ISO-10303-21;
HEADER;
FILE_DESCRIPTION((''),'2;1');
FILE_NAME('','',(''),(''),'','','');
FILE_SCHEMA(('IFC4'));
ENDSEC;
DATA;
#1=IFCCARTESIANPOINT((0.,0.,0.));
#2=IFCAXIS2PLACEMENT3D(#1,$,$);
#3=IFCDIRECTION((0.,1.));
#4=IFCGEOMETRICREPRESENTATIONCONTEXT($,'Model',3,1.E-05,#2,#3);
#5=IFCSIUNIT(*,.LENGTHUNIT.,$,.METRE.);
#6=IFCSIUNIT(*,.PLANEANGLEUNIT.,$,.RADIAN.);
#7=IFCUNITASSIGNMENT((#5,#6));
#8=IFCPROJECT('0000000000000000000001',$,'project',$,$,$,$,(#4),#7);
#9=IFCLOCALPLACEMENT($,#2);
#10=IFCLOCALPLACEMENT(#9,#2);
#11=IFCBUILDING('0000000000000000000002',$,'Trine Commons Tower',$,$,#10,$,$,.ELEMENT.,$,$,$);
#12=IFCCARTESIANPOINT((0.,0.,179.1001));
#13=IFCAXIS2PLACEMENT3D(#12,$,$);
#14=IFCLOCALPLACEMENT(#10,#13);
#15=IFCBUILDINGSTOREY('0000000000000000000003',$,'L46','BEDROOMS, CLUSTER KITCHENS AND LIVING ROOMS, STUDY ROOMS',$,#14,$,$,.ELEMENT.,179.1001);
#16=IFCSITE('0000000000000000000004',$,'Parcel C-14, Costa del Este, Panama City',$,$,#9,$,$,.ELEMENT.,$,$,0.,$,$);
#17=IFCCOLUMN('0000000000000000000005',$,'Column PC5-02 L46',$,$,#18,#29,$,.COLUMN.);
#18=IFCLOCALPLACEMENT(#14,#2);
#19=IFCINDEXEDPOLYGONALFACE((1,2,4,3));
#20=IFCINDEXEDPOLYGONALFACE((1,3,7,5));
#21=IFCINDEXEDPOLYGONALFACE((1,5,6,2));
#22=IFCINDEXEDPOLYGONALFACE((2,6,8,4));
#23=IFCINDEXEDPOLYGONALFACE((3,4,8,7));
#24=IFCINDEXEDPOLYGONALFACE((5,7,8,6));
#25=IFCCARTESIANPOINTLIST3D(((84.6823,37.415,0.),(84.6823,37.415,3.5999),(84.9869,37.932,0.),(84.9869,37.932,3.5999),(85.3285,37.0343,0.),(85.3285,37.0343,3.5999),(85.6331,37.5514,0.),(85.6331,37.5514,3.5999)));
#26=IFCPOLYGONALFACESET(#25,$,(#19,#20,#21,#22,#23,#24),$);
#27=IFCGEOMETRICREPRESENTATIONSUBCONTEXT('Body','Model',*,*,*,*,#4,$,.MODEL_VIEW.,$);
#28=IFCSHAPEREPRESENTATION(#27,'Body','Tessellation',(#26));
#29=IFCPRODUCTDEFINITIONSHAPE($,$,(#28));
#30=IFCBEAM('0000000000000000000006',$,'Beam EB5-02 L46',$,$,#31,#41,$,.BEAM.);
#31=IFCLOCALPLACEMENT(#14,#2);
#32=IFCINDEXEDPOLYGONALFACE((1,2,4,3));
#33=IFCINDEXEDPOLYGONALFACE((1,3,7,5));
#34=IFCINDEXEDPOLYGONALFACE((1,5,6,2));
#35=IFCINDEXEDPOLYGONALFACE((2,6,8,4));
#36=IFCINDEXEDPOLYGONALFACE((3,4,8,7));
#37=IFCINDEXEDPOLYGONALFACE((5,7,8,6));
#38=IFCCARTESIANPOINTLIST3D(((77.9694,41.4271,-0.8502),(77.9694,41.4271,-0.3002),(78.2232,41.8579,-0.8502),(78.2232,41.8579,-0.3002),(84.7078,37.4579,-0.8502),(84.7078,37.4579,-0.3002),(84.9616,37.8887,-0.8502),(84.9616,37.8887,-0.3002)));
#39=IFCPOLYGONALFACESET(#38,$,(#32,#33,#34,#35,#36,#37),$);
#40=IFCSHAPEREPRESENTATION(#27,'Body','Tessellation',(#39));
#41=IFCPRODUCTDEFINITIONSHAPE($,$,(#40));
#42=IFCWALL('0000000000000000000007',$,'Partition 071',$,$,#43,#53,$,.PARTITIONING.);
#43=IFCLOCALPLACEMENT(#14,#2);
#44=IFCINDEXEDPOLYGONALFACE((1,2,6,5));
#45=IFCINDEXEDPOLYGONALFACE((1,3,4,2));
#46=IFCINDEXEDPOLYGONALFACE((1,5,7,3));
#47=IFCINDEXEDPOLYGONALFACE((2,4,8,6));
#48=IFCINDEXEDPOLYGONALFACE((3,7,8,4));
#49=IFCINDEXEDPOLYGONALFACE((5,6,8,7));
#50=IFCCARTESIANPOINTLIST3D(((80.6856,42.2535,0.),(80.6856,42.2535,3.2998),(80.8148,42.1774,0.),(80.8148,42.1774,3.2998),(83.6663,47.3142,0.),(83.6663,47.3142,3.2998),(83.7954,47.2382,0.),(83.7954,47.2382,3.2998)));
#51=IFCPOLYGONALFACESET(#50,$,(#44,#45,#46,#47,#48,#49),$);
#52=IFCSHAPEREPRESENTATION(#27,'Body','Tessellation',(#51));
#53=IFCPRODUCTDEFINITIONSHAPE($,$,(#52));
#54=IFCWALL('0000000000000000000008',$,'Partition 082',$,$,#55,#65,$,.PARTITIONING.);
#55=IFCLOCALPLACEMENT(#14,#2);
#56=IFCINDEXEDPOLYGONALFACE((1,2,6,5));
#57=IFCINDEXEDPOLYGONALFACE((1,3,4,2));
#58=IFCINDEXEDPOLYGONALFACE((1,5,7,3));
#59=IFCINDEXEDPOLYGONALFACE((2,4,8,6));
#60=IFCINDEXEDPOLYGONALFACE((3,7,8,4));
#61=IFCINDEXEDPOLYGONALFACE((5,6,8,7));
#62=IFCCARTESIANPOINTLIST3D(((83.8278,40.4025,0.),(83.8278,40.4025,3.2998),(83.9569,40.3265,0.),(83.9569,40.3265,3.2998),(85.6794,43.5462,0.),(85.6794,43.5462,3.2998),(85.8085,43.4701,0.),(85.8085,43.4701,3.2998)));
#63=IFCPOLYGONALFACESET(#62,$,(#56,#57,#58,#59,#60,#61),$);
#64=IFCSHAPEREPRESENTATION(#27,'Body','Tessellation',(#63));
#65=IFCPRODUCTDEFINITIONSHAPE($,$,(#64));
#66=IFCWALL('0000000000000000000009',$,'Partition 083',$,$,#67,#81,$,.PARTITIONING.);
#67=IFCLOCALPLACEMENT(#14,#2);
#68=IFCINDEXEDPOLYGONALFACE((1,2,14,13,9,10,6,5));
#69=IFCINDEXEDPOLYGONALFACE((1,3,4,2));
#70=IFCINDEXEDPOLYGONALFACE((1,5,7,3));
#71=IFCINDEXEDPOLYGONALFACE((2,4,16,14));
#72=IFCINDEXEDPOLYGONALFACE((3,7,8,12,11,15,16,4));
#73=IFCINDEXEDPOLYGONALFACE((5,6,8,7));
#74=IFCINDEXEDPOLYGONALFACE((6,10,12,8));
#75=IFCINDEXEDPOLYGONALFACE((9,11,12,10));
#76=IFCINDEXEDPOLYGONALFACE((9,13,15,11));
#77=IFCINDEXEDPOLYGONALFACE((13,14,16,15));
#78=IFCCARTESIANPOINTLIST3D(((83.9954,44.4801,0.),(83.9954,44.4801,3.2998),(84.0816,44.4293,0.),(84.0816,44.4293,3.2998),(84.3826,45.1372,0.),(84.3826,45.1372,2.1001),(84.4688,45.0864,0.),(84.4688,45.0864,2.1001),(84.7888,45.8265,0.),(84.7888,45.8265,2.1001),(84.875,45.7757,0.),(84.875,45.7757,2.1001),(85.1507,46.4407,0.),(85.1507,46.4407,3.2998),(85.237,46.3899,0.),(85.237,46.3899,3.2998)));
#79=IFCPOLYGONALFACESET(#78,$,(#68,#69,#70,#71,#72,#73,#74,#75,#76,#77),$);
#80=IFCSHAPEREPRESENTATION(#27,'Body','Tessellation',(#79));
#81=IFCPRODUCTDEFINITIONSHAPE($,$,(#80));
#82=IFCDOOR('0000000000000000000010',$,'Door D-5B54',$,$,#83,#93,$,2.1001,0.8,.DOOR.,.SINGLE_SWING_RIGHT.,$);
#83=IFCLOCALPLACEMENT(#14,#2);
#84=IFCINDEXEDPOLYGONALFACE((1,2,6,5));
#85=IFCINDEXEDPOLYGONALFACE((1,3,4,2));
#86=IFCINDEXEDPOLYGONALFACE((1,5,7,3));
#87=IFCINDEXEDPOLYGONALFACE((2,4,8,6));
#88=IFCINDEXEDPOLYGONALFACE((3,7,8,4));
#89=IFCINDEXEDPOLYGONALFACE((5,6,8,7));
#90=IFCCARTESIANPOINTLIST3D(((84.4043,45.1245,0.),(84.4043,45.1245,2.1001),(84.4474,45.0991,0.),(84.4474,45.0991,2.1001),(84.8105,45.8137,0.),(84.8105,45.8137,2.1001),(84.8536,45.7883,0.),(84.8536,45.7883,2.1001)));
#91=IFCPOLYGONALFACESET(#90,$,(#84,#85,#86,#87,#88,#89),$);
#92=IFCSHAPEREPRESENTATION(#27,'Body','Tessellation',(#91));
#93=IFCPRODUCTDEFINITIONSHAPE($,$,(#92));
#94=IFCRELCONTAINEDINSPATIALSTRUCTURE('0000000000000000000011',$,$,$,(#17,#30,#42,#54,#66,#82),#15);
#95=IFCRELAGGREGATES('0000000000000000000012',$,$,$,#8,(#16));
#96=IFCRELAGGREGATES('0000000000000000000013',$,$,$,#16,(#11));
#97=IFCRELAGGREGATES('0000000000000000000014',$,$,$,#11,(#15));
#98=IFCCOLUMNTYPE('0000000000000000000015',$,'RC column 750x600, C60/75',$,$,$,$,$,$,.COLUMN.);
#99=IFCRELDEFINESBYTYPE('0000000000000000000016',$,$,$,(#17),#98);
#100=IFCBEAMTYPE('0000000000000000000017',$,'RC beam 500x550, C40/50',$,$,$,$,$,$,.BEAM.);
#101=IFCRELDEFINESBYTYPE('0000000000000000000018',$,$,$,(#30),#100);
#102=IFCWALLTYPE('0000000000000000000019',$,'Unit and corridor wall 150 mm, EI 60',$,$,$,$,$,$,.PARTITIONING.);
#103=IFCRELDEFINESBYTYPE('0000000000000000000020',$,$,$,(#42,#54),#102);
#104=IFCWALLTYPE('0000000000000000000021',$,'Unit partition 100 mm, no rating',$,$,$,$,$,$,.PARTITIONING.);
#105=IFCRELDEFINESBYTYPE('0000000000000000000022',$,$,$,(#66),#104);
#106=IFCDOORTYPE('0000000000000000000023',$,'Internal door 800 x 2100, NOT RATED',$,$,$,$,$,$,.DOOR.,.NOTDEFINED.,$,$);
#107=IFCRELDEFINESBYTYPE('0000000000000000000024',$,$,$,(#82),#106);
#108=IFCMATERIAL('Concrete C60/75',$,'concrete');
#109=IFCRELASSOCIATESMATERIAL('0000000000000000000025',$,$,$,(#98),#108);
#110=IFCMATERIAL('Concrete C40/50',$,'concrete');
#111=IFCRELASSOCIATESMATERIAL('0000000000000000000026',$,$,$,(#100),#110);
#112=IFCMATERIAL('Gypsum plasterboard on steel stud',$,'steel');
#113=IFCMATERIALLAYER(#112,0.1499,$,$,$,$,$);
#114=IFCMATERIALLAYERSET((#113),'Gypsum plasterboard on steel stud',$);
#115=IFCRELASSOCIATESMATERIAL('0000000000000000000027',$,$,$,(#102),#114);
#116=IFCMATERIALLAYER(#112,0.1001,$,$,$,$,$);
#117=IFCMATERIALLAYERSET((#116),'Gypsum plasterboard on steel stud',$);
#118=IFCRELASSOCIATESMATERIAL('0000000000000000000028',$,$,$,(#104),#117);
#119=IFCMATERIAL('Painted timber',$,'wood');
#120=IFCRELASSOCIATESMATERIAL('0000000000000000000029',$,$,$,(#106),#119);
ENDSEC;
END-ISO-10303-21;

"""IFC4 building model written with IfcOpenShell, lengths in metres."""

from ifc_helpers import new_model, si_unit, direction, frame, frame_2d, origin, origin_2d, place, context, subcontext, project, spatial, rectangle, extrude, material, layer, layer_set, material_profile, profile_set, type_object, element, fill, save


model = new_model("IFC4")

# Units and contexts
model_context = context("Model", 3, precision=1e-05, world=origin(), true_north=direction((0.0, 1.0)))
body_context = subcontext(model_context, "Body", "Model", "MODEL_VIEW")
ifc_project = project(units=[si_unit("LENGTHUNIT", "METRE"), si_unit("PLANEANGLEUNIT", "RADIAN")], contexts=[model_context])

# Site, building, storey
site_placement = place(None, origin())
site = spatial("IfcSite", under=ifc_project, at=site_placement, Name="Parcel C-14, Costa del Este, Panama City", CompositionType="ELEMENT", RefElevation=0.0)
building_placement = place(site_placement, origin())
building = spatial("IfcBuilding", under=site, at=building_placement, Name="Trine Commons Tower", CompositionType="ELEMENT")
storey_placement = place(building_placement, frame((0.0, 0.0, 179.1001)))
storey = spatial("IfcBuildingStorey", under=building, at=storey_placement, Name="L46", Description="BEDROOMS, CLUSTER KITCHENS AND LIVING ROOMS, STUDY ROOMS", CompositionType="ELEMENT", Elevation=179.1001)

# Column
ifc_material_1 = material(Name="Concrete C60/75", Category="concrete")
ifc_material_profile_1 = material_profile(ifc_material_1, rectangle(XDim=0.75, YDim=0.6001, at=origin_2d()), Name="RC 750x600")
ifc_profile_set_1 = profile_set([ifc_material_profile_1], Name="Concrete C60/75")
column_type = type_object("IfcColumnType", Name="RC column 750x600, C60/75", PredefinedType="COLUMN", material=ifc_profile_set_1)
column_placement = place(storey_placement, frame((85.1577, 37.4832, 0.0), z_axis=(0.0, 0.0, 1.0), x_axis=(-0.861629, 0.507538, 0.0)))
element("IfcColumn", 1, at=column_placement, inside=storey, type_object=column_type, Name="Column PC5-02 L46", PredefinedType="COLUMN", context=body_context, shape_type="SweptSolid", body=[
    extrude(rectangle(XDim=0.75, YDim=0.6001, at=origin_2d()), origin(), (0.0, 0.0, 1.0), 3.5999),
])

# Beam
ifc_material_2 = material(Name="Concrete C40/50", Category="concrete")
ifc_material_profile_2 = material_profile(ifc_material_2, rectangle(XDim=0.5, YDim=0.55, at=origin_2d()), Name="RC 500x550")
ifc_profile_set_2 = profile_set([ifc_material_profile_2], Name="Concrete C40/50")
beam_type = type_object("IfcBeamType", Name="RC beam 500x550, C40/50", PredefinedType="BEAM", material=ifc_profile_set_2)
beam_placement = place(storey_placement, frame((84.8347, 37.6733, -0.5752), z_axis=(-0.861632, 0.507533, 0.0), x_axis=(-0.507533, -0.861632, 0.0)))
element("IfcBeam", 2, at=beam_placement, inside=storey, type_object=beam_type, Name="Beam EB5-02 L46", PredefinedType="BEAM", context=body_context, shape_type="SweptSolid", body=[
    extrude(rectangle(XDim=0.5, YDim=0.55, at=origin_2d()), origin(), (0.0, 0.0, 1.0), 7.8206),
])

# Walls
ifc_material_3 = material(Name="Gypsum plasterboard on steel stud", Category="steel")
ifc_layer_1 = layer(ifc_material_3, 0.1499)
ifc_layer_set_1 = layer_set([ifc_layer_1], Name="Gypsum plasterboard on steel stud")
wall_type_1 = type_object("IfcWallType", Name="Unit and corridor wall 150 mm, EI 60", PredefinedType="PARTITIONING", material=ifc_layer_set_1)
wall_1_placement = place(storey_placement, frame((80.7502, 42.2156, 0.0), z_axis=(0.0, 0.0, 1.0), x_axis=(0.507498, 0.861653, 0.0)))
element("IfcWall", 3, at=wall_1_placement, inside=storey, type_object=wall_type_1, Name="Partition 071", PredefinedType="PARTITIONING", context=body_context, shape_type="SweptSolid", body=[
    extrude(rectangle(XDim=5.8733, YDim=0.1499, at=frame_2d((2.9365, 0.0))), origin(), (0.0, 0.0, 1.0), 3.2998),
])
wall_2_placement = place(storey_placement, frame((83.8923, 40.3645, 0.0), z_axis=(0.0, 0.0, 1.0), x_axis=(0.507511, 0.861645, 0.0)))
element("IfcWall", 4, at=wall_2_placement, inside=storey, type_object=wall_type_1, Name="Partition 082", PredefinedType="PARTITIONING", context=body_context, shape_type="SweptSolid", body=[
    extrude(rectangle(XDim=3.6484, YDim=0.1499, at=frame_2d((1.8242, 0.0))), origin(), (0.0, 0.0, 1.0), 3.2998),
])

# Wall, opening, door
ifc_layer_2 = layer(ifc_material_3, 0.1001)
ifc_layer_set_2 = layer_set([ifc_layer_2], Name="Gypsum plasterboard on steel stud")
wall_type_2 = type_object("IfcWallType", Name="Unit partition 100 mm, no rating", PredefinedType="PARTITIONING", material=ifc_layer_set_2)
wall_3_placement = place(storey_placement, frame((84.0386, 44.4548, 0.0), z_axis=(0.0, 0.0, 1.0), x_axis=(0.507695, 0.861537, 0.0)))
wall_3 = element("IfcWall", 5, at=wall_3_placement, inside=storey, type_object=wall_type_2, Name="Partition 083", PredefinedType="PARTITIONING", context=body_context, shape_type="SweptSolid", body=[
    extrude(rectangle(XDim=2.2756, YDim=0.1001, at=frame_2d((1.1377, 0.0))), origin(), (0.0, 0.0, 1.0), 3.2998),
])
opening_placement = place(wall_3_placement, frame((0.7627, 0.0, 0.0)))
opening = element("IfcOpeningElement", 6, at=opening_placement, cuts=wall_3, PredefinedType="OPENING", context=body_context, shape_type="SweptSolid", body=[
    extrude(rectangle(XDim=0.8, YDim=2.1001, at=frame_2d((0.3999, 1.05))), frame((0.0, 0.0601, 0.0), z_axis=(0.0, -1.0, 0.0), x_axis=(1.0, 0.0, 0.0)), (0.0, 0.0, 1.0), 0.1201),
])
ifc_material_4 = material(Name="Painted timber", Category="wood")
door_type = type_object("IfcDoorType", Name="Internal door 800 x 2100, NOT RATED", OperationType="NOTDEFINED", PredefinedType="DOOR", material=ifc_material_4)
door_placement = place(opening_placement, origin())
door = element("IfcDoor", 7, at=door_placement, inside=storey, type_object=door_type, Name="Door D-5B54", OperationType="SINGLE_SWING_RIGHT", OverallHeight=2.1001, OverallWidth=0.8, PredefinedType="DOOR", context=body_context, shape_type="SweptSolid", body=[
    extrude(rectangle(XDim=0.8, YDim=2.1001, at=frame_2d((0.3999, 1.05))), frame((0.0, 0.0249, 0.0), z_axis=(0.0, -1.0, 0.0), x_axis=(1.0, 0.0, 0.0)), (0.0, 0.0, 1.0), 0.05),
])
fill(opening, door)

save(model, "model.ifc")
